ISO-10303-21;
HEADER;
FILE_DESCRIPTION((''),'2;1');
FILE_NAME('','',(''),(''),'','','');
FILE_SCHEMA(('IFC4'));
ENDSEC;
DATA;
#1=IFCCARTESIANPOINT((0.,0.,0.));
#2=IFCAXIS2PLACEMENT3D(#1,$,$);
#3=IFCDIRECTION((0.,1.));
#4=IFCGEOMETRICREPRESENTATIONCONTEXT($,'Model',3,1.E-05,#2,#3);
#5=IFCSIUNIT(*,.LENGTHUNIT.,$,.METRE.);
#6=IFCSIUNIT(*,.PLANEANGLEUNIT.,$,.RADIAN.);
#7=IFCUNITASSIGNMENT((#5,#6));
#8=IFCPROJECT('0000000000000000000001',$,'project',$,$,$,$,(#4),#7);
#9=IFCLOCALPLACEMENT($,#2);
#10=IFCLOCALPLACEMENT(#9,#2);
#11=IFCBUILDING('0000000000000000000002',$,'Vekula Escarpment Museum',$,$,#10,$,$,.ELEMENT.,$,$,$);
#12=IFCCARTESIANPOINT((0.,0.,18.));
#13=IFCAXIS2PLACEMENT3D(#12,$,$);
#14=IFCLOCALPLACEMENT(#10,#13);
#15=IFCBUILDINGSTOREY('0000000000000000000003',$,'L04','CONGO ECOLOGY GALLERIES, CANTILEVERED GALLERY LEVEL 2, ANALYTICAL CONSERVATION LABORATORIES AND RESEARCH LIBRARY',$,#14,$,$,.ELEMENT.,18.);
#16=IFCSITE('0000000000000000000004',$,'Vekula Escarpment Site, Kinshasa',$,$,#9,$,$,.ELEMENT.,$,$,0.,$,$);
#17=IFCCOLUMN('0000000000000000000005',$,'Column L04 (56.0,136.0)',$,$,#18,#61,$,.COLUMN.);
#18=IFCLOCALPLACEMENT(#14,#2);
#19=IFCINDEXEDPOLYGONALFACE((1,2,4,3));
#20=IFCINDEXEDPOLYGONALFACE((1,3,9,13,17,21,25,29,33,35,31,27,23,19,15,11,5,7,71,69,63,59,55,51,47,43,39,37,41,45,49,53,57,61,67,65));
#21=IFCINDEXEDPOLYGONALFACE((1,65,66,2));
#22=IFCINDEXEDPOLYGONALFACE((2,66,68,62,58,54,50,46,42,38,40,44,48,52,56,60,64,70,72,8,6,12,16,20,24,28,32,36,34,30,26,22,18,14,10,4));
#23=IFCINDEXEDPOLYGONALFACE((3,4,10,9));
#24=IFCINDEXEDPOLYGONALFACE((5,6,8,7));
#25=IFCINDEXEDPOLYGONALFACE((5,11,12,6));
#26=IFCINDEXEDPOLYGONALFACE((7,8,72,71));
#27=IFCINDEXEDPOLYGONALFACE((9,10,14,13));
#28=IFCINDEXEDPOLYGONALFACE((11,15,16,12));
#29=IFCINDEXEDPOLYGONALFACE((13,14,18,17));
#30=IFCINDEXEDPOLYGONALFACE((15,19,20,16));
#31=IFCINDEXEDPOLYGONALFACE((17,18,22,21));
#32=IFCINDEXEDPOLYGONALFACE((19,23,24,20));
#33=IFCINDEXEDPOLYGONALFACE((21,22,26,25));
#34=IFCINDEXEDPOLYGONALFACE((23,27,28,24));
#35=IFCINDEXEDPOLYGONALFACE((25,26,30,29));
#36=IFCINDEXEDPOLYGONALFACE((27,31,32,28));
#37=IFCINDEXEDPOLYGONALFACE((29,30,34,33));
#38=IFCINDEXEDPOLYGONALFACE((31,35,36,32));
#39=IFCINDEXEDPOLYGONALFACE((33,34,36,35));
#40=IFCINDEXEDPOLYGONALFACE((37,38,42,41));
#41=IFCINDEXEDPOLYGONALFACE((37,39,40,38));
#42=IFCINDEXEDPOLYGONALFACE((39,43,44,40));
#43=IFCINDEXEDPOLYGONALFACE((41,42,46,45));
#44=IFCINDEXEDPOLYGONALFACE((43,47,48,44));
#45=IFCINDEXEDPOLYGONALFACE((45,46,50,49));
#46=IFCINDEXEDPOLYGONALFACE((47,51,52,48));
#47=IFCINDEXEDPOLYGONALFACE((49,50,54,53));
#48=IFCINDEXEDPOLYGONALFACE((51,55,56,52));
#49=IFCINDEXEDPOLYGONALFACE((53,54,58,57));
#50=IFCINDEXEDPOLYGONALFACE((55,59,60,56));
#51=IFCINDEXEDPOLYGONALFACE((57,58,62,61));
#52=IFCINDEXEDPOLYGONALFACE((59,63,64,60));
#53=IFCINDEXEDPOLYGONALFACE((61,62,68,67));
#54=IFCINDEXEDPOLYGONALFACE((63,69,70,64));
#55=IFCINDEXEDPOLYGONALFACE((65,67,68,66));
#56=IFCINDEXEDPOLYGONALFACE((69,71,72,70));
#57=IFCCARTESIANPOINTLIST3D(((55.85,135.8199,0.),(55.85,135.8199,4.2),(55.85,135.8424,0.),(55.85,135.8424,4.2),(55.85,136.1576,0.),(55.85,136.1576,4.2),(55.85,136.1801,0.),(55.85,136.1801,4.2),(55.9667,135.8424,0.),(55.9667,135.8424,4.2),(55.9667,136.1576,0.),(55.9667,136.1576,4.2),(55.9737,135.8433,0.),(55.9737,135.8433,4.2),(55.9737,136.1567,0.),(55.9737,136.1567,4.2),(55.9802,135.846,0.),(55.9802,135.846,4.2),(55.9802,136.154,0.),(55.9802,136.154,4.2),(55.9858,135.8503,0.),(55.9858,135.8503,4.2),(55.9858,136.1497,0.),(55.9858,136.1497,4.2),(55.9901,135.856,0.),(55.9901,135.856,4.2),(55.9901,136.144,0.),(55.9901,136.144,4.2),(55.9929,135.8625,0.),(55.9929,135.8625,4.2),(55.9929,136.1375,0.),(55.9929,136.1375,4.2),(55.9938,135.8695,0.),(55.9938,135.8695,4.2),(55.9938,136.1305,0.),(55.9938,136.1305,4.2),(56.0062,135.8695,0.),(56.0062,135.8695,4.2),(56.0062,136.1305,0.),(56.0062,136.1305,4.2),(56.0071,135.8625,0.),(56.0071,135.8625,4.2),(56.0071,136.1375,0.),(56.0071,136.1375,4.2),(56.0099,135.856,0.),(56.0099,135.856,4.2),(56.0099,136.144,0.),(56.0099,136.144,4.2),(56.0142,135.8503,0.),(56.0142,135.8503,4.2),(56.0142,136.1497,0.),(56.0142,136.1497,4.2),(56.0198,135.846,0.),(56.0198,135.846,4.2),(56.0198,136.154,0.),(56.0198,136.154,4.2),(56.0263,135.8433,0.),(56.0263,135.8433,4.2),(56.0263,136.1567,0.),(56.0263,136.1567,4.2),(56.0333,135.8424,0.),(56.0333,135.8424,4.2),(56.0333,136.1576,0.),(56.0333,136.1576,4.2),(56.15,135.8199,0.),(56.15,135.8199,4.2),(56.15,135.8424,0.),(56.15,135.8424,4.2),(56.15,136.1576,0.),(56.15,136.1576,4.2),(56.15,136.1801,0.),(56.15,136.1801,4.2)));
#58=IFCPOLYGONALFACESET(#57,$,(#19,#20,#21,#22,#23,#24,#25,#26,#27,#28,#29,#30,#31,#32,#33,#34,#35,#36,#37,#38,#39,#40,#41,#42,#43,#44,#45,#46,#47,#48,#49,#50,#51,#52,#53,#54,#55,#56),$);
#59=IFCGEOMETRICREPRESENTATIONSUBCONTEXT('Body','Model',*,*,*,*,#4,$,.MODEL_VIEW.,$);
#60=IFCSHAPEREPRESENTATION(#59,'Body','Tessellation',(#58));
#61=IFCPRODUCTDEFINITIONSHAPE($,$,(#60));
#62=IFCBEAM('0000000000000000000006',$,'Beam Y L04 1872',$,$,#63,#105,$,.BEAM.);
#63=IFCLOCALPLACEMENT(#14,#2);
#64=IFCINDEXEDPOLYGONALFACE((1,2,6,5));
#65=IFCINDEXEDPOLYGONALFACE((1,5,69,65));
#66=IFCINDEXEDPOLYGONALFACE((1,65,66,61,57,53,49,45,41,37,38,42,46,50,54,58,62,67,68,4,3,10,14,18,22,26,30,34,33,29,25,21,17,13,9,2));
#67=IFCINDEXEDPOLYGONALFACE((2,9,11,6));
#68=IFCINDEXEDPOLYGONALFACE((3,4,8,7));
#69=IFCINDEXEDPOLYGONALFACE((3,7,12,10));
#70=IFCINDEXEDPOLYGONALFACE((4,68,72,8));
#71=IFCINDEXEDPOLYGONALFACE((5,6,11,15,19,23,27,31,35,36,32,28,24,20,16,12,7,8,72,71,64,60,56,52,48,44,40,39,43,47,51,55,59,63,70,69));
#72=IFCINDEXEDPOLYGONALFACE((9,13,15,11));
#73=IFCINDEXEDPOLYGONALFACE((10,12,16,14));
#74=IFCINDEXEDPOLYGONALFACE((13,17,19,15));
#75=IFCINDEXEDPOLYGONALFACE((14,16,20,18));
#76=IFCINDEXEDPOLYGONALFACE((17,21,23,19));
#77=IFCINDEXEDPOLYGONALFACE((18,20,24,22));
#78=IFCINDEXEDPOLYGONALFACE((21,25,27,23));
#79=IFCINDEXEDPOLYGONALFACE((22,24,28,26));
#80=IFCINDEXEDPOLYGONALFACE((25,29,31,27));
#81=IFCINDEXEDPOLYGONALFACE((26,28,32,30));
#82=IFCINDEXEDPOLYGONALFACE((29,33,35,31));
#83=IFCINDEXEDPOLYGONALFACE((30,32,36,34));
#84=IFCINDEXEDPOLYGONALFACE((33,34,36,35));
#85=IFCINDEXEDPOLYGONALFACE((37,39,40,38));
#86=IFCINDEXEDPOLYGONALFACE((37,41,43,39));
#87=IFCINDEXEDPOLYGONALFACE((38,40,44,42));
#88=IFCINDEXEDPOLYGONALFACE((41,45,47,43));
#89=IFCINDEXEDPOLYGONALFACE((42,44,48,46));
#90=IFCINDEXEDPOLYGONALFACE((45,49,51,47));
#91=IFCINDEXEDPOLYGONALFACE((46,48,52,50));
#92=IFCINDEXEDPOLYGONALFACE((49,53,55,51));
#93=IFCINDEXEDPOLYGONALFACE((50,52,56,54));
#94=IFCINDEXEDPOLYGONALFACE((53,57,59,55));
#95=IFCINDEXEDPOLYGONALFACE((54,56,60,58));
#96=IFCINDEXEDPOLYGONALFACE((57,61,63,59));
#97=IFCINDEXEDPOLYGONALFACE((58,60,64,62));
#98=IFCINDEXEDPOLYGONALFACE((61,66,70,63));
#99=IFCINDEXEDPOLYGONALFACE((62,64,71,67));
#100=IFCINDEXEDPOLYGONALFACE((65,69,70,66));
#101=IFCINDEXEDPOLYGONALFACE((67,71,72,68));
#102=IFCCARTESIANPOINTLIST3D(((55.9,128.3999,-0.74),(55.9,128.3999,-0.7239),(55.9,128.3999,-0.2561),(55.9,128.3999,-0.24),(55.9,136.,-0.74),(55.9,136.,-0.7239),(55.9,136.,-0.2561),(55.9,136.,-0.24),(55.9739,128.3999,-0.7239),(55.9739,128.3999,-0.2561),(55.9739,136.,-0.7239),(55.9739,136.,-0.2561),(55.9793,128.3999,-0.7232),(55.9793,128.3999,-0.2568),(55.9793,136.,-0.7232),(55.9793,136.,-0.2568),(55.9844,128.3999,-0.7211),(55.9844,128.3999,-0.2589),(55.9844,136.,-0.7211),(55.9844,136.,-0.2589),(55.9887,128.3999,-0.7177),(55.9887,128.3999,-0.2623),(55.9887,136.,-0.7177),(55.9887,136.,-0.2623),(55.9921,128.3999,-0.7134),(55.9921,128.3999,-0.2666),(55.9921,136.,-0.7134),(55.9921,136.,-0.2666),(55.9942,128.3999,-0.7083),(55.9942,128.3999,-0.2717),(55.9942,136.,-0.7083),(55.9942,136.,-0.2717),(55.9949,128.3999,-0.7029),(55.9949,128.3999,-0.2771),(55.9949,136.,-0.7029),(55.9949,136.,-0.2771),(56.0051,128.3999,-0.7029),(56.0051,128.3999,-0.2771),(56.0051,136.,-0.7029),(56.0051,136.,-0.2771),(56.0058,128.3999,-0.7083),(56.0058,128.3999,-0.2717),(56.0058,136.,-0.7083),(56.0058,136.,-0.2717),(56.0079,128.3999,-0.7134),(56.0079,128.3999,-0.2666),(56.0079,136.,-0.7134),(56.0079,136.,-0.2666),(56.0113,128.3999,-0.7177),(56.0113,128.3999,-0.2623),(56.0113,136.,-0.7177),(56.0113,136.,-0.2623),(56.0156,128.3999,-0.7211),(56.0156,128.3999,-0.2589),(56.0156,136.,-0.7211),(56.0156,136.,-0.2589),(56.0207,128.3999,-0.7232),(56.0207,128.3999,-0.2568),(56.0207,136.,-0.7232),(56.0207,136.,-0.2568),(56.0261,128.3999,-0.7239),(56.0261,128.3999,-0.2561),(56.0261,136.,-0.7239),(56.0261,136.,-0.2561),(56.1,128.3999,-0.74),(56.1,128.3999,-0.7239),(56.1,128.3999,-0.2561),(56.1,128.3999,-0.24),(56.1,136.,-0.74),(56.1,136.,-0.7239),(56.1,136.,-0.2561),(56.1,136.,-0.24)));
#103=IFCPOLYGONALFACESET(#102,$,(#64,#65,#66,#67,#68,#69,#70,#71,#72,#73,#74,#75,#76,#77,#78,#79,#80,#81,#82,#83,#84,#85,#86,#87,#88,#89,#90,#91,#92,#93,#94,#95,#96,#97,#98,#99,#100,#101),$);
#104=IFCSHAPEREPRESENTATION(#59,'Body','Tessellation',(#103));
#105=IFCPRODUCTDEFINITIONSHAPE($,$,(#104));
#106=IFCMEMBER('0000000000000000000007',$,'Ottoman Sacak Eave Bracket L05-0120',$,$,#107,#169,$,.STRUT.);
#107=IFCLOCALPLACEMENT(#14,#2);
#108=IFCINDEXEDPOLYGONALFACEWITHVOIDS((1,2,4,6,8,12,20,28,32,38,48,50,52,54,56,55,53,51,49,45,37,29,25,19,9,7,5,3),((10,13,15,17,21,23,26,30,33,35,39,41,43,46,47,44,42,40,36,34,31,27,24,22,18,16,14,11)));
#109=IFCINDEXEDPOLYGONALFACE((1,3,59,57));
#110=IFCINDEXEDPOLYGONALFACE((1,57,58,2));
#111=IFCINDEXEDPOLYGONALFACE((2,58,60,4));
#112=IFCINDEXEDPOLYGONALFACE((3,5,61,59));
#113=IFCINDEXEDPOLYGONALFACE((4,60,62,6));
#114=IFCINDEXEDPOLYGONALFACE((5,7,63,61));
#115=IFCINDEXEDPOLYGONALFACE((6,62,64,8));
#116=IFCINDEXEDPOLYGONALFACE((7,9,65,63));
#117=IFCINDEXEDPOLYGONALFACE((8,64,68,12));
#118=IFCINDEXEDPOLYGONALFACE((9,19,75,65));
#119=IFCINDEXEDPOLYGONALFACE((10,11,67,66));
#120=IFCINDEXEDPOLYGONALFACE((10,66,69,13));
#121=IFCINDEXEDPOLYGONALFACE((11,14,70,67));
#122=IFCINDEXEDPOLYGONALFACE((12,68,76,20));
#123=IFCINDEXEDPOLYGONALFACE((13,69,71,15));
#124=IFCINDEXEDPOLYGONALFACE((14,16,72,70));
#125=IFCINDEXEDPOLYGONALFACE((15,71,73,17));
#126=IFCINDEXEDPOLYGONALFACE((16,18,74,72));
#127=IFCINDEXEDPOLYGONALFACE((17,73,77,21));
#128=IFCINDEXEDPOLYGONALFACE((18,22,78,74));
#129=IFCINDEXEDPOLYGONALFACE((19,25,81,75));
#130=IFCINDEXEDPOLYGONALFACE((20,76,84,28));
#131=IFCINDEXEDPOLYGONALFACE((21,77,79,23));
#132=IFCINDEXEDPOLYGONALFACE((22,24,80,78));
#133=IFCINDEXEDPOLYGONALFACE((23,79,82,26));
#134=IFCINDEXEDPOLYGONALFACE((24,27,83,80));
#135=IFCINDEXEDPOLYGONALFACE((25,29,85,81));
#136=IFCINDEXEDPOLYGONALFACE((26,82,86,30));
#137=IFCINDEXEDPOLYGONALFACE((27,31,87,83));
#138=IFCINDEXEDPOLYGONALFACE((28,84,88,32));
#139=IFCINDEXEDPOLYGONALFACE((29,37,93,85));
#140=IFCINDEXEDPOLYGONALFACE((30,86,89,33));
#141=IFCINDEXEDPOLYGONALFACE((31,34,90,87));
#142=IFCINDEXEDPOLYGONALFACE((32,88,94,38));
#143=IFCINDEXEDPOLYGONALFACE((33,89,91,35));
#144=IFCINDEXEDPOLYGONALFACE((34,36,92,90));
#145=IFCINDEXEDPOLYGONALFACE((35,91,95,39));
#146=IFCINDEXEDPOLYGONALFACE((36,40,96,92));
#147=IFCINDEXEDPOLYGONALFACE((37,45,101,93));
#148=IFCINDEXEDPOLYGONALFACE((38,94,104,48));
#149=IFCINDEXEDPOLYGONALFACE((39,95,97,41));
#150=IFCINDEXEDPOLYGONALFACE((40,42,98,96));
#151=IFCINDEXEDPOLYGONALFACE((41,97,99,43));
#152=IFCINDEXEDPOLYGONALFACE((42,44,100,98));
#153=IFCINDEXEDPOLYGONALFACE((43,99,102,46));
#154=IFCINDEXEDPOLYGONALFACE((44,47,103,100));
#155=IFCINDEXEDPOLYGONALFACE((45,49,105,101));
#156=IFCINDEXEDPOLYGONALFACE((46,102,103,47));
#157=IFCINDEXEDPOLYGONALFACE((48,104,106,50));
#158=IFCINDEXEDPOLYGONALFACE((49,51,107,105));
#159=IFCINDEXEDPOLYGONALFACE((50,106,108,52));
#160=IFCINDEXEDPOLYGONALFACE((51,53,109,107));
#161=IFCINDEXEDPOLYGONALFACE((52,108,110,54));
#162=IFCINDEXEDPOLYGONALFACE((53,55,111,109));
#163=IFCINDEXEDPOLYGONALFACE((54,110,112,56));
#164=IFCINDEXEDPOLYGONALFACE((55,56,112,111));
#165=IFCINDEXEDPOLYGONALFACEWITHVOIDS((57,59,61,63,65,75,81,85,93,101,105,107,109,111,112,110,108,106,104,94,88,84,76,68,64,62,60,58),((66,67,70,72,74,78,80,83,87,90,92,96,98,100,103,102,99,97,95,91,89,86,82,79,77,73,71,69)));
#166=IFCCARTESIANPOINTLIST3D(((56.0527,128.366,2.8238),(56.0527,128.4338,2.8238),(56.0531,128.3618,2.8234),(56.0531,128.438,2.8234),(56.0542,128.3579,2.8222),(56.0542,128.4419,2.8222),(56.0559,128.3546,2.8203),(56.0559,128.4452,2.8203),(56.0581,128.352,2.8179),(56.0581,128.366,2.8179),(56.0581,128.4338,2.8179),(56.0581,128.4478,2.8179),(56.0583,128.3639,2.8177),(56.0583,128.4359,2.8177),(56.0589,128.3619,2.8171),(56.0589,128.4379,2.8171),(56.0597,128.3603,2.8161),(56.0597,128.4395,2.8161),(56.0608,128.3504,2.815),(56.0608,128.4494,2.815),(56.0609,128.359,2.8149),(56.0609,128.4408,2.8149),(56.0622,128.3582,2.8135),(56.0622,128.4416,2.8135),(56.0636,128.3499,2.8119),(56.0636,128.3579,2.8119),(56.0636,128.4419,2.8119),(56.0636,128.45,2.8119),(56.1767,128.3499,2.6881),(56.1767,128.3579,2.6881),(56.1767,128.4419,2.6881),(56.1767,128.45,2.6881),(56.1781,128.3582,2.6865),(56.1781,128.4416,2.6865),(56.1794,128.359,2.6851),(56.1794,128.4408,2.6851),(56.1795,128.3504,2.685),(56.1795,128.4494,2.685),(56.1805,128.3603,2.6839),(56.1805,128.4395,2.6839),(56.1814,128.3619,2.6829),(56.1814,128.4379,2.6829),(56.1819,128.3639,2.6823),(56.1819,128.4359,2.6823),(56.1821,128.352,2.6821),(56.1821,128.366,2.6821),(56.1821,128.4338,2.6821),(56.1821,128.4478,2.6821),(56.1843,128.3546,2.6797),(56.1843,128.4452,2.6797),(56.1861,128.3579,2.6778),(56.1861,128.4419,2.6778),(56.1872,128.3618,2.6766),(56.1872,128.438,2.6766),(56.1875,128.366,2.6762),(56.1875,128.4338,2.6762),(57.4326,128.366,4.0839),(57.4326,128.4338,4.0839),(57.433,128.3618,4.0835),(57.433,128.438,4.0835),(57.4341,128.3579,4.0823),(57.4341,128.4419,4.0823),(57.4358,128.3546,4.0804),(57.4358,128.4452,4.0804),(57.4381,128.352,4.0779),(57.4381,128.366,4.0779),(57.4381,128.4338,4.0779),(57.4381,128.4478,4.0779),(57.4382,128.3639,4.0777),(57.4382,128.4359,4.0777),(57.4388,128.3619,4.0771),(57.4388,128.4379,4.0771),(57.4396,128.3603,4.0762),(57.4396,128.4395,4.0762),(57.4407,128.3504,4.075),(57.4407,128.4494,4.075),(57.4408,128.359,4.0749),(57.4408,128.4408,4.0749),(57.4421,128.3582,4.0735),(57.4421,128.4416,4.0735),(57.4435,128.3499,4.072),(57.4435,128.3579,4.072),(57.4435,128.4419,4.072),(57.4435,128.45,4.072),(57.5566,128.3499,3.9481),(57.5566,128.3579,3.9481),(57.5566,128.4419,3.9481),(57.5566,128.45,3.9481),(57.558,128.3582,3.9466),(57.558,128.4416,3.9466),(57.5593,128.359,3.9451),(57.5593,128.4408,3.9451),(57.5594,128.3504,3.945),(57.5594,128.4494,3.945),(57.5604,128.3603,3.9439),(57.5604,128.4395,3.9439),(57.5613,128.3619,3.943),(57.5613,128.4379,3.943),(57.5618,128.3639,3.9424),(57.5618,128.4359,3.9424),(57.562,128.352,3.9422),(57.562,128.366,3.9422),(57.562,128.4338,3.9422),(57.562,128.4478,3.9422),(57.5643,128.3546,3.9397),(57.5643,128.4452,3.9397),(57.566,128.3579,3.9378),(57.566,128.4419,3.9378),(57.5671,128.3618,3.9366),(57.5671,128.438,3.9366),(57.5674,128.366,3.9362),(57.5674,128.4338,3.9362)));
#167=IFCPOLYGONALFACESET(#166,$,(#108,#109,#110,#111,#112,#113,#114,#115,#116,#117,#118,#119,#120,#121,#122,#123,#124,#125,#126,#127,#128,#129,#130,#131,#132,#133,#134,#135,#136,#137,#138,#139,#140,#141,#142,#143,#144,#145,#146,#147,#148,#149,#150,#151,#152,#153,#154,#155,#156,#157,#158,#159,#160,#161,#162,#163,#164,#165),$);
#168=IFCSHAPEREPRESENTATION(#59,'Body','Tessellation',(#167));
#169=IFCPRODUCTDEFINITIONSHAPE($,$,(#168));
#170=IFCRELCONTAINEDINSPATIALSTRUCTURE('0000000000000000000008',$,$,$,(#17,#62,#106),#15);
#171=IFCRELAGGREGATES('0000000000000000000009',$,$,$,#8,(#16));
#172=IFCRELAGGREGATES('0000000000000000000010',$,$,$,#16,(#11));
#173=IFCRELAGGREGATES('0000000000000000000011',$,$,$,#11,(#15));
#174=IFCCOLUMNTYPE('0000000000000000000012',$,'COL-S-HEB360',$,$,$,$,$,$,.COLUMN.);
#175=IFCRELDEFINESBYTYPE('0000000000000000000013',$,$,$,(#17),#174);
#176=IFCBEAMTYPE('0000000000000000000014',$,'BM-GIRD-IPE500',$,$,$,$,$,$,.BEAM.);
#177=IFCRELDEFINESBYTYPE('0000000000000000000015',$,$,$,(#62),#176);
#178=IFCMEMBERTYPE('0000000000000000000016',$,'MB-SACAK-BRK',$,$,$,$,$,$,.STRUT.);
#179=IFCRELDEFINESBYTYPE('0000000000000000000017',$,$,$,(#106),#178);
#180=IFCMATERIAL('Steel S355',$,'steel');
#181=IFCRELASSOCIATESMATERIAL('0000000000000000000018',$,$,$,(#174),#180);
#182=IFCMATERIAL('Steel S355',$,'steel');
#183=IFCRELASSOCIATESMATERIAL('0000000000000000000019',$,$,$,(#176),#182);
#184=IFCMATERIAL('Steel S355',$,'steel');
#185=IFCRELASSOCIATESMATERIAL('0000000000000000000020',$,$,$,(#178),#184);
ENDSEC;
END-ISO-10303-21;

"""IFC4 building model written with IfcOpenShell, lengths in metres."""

from ifc_helpers import new_model, si_unit, direction, frame, origin, origin_2d, place, context, subcontext, project, spatial, hollow_rectangle, i_section, extrude, material, material_profile, profile_set, type_object, element, save


model = new_model("IFC4")

# Units and contexts
model_context = context("Model", 3, precision=1e-05, world=origin(), true_north=direction((0.0, 1.0)))
body_context = subcontext(model_context, "Body", "Model", "MODEL_VIEW")
ifc_project = project(units=[si_unit("LENGTHUNIT", "METRE"), si_unit("PLANEANGLEUNIT", "RADIAN")], contexts=[model_context])

# Site, building, storey
site_placement = place(None, origin())
site = spatial("IfcSite", under=ifc_project, at=site_placement, Name="Vekula Escarpment Site, Kinshasa", CompositionType="ELEMENT", RefElevation=0.0)
building_placement = place(site_placement, origin())
building = spatial("IfcBuilding", under=site, at=building_placement, Name="Vekula Escarpment Museum", CompositionType="ELEMENT")
storey_placement = place(building_placement, frame((0.0, 0.0, 18.0)))
storey = spatial("IfcBuildingStorey", under=building, at=storey_placement, Name="L04", Description="CONGO ECOLOGY GALLERIES, CANTILEVERED GALLERY LEVEL 2, ANALYTICAL CONSERVATION LABORATORIES AND RESEARCH LIBRARY", CompositionType="ELEMENT", Elevation=18.0)

# Column
ifc_material_1 = material(Name="Steel S355", Category="steel")
ifc_material_profile_1 = material_profile(ifc_material_1, i_section(OverallWidth=0.3, OverallDepth=0.3601, WebThickness=0.0125, FlangeThickness=0.0225, FilletRadius=0.0271, at=origin_2d()), Name="HEB 360")
ifc_profile_set_1 = profile_set([ifc_material_profile_1], Name="Steel S355")
column_type = type_object("IfcColumnType", Name="COL-S-HEB360", PredefinedType="COLUMN", material=ifc_profile_set_1)
column_placement = place(storey_placement, frame((56.0, 136.0, 0.0), z_axis=(0.0, 0.0, 1.0), x_axis=(1.0, 0.0, 0.0)))
element("IfcColumn", 1, at=column_placement, inside=storey, type_object=column_type, Name="Column L04 (56.0,136.0)", PredefinedType="COLUMN", context=body_context, shape_type="SweptSolid", body=[
    extrude(i_section(OverallWidth=0.3, OverallDepth=0.3601, WebThickness=0.0125, FlangeThickness=0.0225, FilletRadius=0.0271, at=origin_2d()), origin(), (0.0, 0.0, 1.0), 4.2),
])

# Beam
ifc_material_2 = material(Name="Steel S355", Category="steel")
ifc_material_profile_2 = material_profile(ifc_material_2, i_section(OverallWidth=0.2, OverallDepth=0.5, WebThickness=0.0103, FlangeThickness=0.0161, FilletRadius=0.021, at=origin_2d()), Name="IPE 500")
ifc_profile_set_2 = profile_set([ifc_material_profile_2], Name="Steel S355")
beam_type = type_object("IfcBeamType", Name="BM-GIRD-IPE500", PredefinedType="BEAM", material=ifc_profile_set_2)
beam_placement = place(storey_placement, frame((56.0, 128.3999, -0.49), z_axis=(0.0, 1.0, 0.0), x_axis=(-1.0, 0.0, 0.0)))
element("IfcBeam", 2, at=beam_placement, inside=storey, type_object=beam_type, Name="Beam Y L04 1872", PredefinedType="BEAM", context=body_context, shape_type="SweptSolid", body=[
    extrude(i_section(OverallWidth=0.2, OverallDepth=0.5, WebThickness=0.0103, FlangeThickness=0.0161, FilletRadius=0.021, at=origin_2d()), origin(), (0.0, 0.0, 1.0), 7.6001),
])

# Member
ifc_material_3 = material(Name="Steel S355", Category="steel")
ifc_material_profile_3 = material_profile(ifc_material_3, hollow_rectangle(XDim=0.1001, YDim=0.2, WallThickness=0.0081, InnerFilletRadius=0.0081, OuterFilletRadius=0.0161, at=origin_2d()), Name="RHS 200x100x8")
ifc_profile_set_3 = profile_set([ifc_material_profile_3], Name="Steel S355")
member_type = type_object("IfcMemberType", Name="MB-SACAK-BRK", PredefinedType="STRUT", material=ifc_profile_set_3)
for number, where, z_axis, x_axis, name in (
    (3, (56.1201, 128.3999, 2.75), (0.738454, 0.0, 0.674303), (0.0, 1.0, 0.0), "Ottoman Sacak Eave Bracket L05-0120"),
):
    element("IfcMember", number, at=place(storey_placement, frame(where, z_axis=z_axis, x_axis=x_axis)), inside=storey, type_object=member_type, Name=name, PredefinedType="STRUT", context=body_context, shape_type="SweptSolid", body=[
        extrude(hollow_rectangle(XDim=0.1001, YDim=0.2, WallThickness=0.0081, InnerFilletRadius=0.0081, OuterFilletRadius=0.0161, at=origin_2d()), origin(), (0.0, 0.0, 1.0), 1.8687),
    ])

save(model, "model.ifc")
